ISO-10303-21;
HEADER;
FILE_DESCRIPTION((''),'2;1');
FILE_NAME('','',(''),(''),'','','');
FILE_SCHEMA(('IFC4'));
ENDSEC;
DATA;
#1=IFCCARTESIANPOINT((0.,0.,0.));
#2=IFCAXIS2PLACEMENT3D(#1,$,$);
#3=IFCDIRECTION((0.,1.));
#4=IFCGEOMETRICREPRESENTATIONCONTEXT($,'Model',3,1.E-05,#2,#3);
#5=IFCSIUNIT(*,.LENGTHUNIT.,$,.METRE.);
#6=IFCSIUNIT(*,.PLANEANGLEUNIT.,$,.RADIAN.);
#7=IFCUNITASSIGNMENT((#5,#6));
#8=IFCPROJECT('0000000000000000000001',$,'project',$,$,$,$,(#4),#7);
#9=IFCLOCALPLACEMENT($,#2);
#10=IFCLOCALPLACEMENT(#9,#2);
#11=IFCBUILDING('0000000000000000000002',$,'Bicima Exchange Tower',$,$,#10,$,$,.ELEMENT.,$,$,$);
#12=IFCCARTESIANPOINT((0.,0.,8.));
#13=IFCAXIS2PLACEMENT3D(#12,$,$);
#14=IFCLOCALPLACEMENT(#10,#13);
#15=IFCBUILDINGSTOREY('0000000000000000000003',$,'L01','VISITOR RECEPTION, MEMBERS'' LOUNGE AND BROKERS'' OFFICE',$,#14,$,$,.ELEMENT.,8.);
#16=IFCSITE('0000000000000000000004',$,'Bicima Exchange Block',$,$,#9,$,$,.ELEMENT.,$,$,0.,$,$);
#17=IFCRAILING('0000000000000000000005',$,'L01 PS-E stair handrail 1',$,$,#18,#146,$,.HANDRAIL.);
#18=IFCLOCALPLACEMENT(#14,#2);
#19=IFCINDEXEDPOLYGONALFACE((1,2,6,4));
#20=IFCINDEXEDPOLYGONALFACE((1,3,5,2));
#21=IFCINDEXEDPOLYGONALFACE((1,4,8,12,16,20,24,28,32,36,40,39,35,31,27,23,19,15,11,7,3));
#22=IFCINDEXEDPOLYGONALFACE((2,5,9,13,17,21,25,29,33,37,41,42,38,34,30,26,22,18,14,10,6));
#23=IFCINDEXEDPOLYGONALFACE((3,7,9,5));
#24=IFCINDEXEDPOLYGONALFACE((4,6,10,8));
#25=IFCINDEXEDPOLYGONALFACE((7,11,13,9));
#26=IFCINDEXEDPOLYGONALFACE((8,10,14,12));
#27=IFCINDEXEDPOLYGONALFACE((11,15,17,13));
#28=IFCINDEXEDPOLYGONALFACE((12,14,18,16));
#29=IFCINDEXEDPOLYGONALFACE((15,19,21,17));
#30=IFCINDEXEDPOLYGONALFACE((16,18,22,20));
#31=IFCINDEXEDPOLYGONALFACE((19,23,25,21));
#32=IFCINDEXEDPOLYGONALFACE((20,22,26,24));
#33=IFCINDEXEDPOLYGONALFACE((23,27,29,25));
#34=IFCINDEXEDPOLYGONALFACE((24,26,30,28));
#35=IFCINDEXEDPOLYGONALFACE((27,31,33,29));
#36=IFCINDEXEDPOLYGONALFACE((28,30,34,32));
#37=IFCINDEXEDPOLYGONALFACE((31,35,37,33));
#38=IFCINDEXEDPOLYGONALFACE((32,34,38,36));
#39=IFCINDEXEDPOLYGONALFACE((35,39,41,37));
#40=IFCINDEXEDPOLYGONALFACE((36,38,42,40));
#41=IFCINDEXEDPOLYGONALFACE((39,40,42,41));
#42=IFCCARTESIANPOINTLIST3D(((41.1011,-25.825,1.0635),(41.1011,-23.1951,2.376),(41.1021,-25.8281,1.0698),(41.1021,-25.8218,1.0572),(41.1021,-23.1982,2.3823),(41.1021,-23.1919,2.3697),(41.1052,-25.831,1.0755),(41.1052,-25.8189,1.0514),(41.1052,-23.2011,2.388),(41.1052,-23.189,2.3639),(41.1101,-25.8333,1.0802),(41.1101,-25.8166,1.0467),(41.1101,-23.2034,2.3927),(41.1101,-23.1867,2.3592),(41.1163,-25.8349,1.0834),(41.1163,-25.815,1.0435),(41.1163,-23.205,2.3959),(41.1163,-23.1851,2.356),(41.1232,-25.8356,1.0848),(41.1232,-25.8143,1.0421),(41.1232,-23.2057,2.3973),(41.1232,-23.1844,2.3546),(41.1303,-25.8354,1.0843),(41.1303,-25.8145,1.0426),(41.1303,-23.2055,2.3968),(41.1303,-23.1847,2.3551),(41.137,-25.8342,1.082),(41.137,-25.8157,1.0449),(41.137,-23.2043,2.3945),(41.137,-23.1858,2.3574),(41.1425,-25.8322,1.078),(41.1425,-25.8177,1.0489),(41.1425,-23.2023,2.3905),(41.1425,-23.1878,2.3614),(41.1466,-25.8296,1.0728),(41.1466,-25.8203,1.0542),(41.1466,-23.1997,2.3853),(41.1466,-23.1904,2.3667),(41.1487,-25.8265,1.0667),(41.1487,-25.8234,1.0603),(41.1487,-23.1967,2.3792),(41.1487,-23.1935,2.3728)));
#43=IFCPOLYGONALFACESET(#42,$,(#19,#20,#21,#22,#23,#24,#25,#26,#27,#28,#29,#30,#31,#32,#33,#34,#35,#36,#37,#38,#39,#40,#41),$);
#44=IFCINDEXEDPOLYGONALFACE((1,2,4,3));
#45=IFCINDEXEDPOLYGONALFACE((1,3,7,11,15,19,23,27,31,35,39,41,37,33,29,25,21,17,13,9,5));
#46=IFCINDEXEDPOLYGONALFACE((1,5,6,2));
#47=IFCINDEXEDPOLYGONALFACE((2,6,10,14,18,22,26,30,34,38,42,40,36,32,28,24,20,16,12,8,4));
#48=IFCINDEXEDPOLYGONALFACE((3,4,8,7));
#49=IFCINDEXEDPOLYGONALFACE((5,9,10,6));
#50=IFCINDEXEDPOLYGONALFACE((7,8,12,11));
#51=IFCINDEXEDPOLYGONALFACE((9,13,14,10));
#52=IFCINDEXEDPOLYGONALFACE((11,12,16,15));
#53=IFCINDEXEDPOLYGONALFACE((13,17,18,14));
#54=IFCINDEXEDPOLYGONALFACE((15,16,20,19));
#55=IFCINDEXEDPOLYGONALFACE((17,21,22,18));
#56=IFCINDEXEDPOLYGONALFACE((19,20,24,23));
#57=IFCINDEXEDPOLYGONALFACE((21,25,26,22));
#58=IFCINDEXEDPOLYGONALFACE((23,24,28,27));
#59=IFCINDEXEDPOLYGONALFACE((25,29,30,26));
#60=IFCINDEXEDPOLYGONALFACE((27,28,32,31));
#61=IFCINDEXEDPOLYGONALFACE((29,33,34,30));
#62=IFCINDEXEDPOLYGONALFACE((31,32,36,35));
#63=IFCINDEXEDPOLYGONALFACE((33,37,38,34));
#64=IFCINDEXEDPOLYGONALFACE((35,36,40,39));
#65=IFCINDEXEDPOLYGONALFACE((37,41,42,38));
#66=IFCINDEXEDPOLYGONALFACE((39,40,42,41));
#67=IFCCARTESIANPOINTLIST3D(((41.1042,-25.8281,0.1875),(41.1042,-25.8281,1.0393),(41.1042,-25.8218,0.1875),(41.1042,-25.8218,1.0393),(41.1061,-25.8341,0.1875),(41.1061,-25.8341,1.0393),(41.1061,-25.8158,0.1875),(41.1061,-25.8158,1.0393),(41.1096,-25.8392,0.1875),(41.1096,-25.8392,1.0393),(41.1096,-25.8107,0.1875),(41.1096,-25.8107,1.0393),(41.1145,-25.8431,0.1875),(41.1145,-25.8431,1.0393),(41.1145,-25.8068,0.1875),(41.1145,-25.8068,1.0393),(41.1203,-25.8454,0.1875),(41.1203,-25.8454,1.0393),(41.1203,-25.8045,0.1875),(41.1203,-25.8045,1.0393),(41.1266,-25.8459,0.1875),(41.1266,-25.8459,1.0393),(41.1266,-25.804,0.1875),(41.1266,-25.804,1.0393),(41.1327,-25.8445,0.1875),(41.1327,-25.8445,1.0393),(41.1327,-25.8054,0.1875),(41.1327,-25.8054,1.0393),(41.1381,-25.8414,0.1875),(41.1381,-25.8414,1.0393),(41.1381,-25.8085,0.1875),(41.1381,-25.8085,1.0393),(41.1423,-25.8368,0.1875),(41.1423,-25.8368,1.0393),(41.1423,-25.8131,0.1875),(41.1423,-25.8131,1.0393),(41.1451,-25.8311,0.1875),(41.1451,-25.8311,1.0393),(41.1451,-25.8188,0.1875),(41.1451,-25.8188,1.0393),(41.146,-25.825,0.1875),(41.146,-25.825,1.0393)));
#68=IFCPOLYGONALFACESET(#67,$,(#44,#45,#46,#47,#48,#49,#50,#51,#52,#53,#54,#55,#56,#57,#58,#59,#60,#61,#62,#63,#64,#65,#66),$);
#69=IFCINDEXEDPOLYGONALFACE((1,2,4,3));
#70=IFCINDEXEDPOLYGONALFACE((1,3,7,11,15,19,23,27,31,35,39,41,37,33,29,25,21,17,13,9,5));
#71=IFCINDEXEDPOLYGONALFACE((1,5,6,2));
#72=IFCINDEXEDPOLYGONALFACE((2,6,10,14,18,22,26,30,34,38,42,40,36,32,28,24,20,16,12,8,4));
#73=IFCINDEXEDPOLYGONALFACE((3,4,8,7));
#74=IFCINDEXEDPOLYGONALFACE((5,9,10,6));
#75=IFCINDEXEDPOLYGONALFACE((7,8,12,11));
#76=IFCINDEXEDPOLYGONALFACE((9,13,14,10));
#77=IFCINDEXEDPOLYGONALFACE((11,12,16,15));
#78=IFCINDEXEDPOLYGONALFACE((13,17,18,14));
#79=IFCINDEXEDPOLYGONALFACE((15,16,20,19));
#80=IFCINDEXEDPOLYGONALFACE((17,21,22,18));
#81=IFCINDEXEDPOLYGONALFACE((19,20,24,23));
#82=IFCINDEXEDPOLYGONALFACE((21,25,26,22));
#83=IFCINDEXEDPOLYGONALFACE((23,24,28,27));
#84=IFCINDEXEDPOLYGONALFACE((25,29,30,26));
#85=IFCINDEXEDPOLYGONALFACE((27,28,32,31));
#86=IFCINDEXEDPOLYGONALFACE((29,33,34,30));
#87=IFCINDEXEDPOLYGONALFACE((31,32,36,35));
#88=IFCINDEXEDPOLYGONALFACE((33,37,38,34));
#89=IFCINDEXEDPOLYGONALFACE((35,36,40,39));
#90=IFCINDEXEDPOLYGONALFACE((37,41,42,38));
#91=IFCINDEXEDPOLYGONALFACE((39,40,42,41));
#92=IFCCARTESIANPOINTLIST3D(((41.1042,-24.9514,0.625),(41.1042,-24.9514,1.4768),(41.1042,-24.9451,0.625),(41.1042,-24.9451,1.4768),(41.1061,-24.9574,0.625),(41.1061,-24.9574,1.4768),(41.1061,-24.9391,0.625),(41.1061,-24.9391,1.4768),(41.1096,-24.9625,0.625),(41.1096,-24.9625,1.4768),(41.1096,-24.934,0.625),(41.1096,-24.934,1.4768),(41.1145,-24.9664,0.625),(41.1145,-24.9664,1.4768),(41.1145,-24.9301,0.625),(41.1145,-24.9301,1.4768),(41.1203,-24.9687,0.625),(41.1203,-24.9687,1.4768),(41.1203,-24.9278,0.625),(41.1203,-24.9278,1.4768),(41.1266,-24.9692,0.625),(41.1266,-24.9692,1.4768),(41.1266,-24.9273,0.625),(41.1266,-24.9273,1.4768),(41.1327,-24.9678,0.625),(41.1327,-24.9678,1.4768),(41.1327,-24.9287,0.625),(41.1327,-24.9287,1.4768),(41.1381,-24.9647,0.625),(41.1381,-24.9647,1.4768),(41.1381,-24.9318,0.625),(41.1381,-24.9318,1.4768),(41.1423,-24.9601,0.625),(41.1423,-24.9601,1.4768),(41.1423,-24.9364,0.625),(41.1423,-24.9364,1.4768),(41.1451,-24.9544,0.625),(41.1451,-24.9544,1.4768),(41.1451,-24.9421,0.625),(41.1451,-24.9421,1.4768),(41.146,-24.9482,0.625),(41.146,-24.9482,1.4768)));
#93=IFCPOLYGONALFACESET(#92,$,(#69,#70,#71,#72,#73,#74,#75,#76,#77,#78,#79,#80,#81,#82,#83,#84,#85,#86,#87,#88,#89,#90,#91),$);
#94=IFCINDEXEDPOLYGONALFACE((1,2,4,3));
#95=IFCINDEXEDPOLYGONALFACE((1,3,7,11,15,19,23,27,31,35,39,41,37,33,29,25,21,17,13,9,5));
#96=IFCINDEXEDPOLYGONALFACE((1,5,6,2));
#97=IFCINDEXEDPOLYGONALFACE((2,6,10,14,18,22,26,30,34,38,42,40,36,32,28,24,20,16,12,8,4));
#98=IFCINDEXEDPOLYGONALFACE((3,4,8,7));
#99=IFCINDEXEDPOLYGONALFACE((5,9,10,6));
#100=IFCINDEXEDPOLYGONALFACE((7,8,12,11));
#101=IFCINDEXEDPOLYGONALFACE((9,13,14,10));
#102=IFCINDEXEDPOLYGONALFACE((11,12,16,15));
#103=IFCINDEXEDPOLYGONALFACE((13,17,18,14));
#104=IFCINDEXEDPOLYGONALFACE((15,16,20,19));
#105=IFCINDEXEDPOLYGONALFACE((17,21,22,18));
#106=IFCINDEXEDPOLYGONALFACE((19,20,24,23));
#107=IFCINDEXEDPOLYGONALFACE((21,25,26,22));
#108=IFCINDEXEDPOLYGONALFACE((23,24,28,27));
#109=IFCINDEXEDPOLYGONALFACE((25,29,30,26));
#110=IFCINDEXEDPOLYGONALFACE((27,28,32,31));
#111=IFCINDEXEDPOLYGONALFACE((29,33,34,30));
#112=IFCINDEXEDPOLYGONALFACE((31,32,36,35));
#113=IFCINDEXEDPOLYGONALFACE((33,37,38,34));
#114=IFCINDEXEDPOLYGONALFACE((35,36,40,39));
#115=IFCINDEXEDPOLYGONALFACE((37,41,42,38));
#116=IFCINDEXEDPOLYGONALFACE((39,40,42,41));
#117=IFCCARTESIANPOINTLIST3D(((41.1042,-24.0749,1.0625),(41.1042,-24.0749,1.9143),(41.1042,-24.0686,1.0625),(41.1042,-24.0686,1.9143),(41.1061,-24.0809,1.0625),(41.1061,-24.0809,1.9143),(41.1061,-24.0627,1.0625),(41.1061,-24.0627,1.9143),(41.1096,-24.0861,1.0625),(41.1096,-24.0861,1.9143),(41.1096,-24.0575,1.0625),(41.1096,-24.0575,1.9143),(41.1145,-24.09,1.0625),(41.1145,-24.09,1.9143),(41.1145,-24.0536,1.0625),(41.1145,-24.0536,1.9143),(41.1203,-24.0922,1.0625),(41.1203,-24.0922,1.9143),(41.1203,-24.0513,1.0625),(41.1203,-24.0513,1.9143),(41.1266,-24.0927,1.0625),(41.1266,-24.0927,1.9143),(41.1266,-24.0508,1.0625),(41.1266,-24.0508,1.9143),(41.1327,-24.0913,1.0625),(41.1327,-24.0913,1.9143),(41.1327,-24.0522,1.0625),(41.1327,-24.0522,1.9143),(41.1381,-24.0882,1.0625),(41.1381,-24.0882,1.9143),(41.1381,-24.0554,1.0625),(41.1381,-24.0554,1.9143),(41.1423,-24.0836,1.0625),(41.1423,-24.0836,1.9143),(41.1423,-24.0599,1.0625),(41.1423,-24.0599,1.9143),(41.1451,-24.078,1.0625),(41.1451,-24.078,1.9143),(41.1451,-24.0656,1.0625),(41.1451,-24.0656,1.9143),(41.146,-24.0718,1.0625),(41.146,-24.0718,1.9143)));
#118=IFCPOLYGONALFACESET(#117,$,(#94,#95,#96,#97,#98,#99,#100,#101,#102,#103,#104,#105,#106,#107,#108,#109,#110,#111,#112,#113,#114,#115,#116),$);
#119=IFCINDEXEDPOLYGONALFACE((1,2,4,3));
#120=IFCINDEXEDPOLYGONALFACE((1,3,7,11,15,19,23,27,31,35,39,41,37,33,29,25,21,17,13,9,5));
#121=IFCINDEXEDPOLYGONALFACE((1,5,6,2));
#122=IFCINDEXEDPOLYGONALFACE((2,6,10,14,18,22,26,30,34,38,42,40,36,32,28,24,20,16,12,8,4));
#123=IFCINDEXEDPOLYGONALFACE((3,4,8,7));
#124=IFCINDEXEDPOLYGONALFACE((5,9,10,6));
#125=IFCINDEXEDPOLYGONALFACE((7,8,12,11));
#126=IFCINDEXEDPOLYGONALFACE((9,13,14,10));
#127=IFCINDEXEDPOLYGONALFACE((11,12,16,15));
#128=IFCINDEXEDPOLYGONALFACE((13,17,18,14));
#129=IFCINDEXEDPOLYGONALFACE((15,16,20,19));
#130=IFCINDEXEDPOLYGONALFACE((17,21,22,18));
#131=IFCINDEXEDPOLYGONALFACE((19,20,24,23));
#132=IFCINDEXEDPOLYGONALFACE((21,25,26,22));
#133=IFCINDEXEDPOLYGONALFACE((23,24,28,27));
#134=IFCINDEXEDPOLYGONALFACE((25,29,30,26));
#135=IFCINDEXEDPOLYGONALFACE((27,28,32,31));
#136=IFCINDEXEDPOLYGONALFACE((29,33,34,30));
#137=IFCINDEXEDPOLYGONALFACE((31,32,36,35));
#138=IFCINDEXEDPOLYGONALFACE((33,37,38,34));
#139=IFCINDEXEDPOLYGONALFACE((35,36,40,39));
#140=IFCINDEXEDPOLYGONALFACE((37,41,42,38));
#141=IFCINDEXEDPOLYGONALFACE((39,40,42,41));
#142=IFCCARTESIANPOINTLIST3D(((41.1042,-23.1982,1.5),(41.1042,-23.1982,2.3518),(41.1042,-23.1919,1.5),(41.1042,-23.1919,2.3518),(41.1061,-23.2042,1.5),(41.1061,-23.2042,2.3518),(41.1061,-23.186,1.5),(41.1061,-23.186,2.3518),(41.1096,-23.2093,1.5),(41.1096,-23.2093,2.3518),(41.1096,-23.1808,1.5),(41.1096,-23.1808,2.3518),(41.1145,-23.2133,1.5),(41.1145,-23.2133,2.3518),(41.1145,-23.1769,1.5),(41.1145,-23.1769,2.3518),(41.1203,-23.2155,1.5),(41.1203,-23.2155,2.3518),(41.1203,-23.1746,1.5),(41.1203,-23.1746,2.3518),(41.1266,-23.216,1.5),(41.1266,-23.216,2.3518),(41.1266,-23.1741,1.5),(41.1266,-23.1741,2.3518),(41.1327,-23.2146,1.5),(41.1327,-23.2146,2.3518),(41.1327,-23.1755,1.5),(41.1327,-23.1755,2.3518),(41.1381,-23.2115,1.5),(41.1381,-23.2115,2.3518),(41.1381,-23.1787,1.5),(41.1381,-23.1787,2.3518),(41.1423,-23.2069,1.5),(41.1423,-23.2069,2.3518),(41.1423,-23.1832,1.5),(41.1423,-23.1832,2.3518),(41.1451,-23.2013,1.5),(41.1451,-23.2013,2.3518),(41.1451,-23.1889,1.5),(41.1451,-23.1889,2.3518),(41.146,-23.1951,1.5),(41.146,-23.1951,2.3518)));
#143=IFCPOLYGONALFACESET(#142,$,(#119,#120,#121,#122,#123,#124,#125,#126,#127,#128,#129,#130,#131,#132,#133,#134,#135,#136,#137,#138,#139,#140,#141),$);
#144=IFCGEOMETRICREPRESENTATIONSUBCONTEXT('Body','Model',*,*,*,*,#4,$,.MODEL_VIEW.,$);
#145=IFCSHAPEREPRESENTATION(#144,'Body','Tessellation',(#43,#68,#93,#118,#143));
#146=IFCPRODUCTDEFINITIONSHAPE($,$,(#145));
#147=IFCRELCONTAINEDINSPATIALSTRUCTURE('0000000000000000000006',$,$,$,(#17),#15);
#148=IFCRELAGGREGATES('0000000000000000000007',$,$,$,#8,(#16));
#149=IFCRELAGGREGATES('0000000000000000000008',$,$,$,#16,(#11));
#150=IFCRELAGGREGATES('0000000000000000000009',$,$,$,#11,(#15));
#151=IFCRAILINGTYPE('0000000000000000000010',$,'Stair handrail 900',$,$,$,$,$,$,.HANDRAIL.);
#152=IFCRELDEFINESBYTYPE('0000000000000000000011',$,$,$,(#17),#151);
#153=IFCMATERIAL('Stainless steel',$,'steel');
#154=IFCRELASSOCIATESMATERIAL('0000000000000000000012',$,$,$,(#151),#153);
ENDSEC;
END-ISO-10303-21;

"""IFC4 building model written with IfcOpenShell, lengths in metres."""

from ifc_helpers import new_model, si_unit, direction, frame, origin, origin_2d, place, context, subcontext, project, spatial, circle, extrude, material, type_object, element, save


model = new_model("IFC4")

# Units and contexts
model_context = context("Model", 3, precision=1e-05, world=origin(), true_north=direction((0.0, 1.0)))
body_context = subcontext(model_context, "Body", "Model", "MODEL_VIEW")
ifc_project = project(units=[si_unit("LENGTHUNIT", "METRE"), si_unit("PLANEANGLEUNIT", "RADIAN")], contexts=[model_context])

# Site, building, storey
site_placement = place(None, origin())
site = spatial("IfcSite", under=ifc_project, at=site_placement, Name="Bicima Exchange Block", CompositionType="ELEMENT", RefElevation=0.0)
building_placement = place(site_placement, origin())
building = spatial("IfcBuilding", under=site, at=building_placement, Name="Bicima Exchange Tower", CompositionType="ELEMENT")
storey_placement = place(building_placement, frame((0.0, 0.0, 8.0)))
storey = spatial("IfcBuildingStorey", under=building, at=storey_placement, Name="L01", Description="VISITOR RECEPTION, MEMBERS' LOUNGE AND BROKERS' OFFICE", CompositionType="ELEMENT", Elevation=8.0)

# Railing
ifc_material_1 = material(Name="Stainless steel", Category="steel")
railing_type_1 = type_object("IfcRailingType", Name="Stair handrail 900", PredefinedType="HANDRAIL", material=ifc_material_1)
railing_1_placement = place(storey_placement, frame((41.125, -25.825, 0.1875)))
element("IfcRailing", 1, at=railing_1_placement, inside=storey, type_object=railing_type_1, Name="L01 PS-E stair handrail 1", PredefinedType="HANDRAIL", context=body_context, shape_type="SweptSolid", body=[
    extrude(circle(Radius=0.0239, at=origin_2d()), frame((0.0, 0.0, 0.876), z_axis=(0.0, 0.894759, 0.446549), x_axis=(-1.0, 0.0, 0.0)), (0.0, 0.0, 1.0), 2.9392),
    extrude(circle(Radius=0.021, at=origin_2d()), origin(), (0.0, 0.0, 1.0), 0.8518),
    extrude(circle(Radius=0.021, at=origin_2d()), frame((0.0, 0.8767, 0.4375)), (0.0, 0.0, 1.0), 0.8518),
    extrude(circle(Radius=0.021, at=origin_2d()), frame((0.0, 1.7532, 0.875)), (0.0, 0.0, 1.0), 0.8518),
    extrude(circle(Radius=0.021, at=origin_2d()), frame((0.0, 2.6299, 1.3125)), (0.0, 0.0, 1.0), 0.8518),
])

save(model, "model.ifc")
